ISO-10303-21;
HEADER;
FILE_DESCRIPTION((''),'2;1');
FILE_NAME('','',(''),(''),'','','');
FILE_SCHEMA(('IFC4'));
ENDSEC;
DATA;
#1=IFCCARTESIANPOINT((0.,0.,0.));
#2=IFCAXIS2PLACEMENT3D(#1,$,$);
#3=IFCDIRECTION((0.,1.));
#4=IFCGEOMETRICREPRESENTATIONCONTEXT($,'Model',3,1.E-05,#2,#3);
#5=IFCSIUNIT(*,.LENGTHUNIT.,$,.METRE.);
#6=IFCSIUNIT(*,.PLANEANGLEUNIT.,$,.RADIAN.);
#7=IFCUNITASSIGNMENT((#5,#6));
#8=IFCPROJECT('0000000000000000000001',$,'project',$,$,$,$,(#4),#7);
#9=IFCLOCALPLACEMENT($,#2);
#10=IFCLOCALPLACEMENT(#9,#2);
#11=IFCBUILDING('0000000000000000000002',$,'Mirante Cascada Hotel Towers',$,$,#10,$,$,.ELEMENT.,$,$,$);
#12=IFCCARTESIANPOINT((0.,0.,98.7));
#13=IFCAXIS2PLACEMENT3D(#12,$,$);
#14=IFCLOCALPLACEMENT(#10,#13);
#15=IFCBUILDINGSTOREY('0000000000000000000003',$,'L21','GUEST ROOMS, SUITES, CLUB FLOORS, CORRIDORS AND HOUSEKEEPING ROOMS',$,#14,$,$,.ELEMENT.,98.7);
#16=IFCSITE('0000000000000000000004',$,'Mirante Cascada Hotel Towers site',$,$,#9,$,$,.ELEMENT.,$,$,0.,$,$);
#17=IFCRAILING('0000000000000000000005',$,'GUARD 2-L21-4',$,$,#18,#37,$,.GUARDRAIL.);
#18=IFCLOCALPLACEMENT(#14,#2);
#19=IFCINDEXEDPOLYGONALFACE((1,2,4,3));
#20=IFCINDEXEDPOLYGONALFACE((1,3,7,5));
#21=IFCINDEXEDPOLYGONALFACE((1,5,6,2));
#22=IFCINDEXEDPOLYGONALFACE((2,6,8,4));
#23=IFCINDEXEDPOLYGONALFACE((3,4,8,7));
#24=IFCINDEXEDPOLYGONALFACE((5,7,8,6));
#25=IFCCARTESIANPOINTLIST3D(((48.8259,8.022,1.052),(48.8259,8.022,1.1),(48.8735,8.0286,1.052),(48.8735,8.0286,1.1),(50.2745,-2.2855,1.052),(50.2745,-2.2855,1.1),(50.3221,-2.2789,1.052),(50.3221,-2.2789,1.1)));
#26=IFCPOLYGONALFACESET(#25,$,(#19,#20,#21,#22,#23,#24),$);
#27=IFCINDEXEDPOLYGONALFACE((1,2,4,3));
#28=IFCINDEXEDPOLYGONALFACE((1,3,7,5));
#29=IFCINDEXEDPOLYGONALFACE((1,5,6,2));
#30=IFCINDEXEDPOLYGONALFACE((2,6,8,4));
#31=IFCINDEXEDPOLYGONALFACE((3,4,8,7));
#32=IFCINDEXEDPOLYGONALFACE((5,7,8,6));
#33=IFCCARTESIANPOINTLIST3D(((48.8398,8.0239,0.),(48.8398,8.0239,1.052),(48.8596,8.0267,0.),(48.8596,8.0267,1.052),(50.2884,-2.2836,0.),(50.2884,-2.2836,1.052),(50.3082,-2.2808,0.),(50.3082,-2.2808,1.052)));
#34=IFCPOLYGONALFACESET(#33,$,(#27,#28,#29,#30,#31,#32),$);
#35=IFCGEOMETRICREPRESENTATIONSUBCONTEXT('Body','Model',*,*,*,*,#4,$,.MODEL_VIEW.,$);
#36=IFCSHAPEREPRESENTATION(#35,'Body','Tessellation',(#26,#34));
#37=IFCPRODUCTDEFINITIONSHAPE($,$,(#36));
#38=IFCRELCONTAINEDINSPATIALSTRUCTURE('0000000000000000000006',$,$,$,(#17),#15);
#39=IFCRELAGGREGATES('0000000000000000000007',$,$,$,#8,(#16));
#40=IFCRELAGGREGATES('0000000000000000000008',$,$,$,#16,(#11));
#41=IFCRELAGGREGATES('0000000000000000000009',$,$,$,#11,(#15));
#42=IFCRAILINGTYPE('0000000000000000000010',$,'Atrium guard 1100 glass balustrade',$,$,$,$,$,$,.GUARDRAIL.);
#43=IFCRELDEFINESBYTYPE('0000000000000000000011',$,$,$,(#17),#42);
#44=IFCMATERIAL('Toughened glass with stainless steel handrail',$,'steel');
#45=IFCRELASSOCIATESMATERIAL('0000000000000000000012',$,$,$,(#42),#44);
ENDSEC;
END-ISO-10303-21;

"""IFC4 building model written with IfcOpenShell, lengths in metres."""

from ifc_helpers import new_model, si_unit, direction, frame, origin, origin_2d, place, context, subcontext, project, spatial, rectangle, extrude, material, type_object, element, save


model = new_model("IFC4")

# Units and contexts
model_context = context("Model", 3, precision=1e-05, world=origin(), true_north=direction((0.0, 1.0)))
body_context = subcontext(model_context, "Body", "Model", "MODEL_VIEW")
ifc_project = project(units=[si_unit("LENGTHUNIT", "METRE"), si_unit("PLANEANGLEUNIT", "RADIAN")], contexts=[model_context])

# Site, building, storey
site_placement = place(None, origin())
site = spatial("IfcSite", under=ifc_project, at=site_placement, Name="Mirante Cascada Hotel Towers site", CompositionType="ELEMENT", RefElevation=0.0)
building_placement = place(site_placement, origin())
building = spatial("IfcBuilding", under=site, at=building_placement, Name="Mirante Cascada Hotel Towers", CompositionType="ELEMENT")
storey_placement = place(building_placement, frame((0.0, 0.0, 98.7)))
storey = spatial("IfcBuildingStorey", under=building, at=storey_placement, Name="L21", Description="GUEST ROOMS, SUITES, CLUB FLOORS, CORRIDORS AND HOUSEKEEPING ROOMS", CompositionType="ELEMENT", Elevation=98.7)

# Railing
ifc_material_1 = material(Name="Toughened glass with stainless steel handrail", Category="steel")
railing_type = type_object("IfcRailingType", Name="Atrium guard 1100 glass balustrade", PredefinedType="GUARDRAIL", material=ifc_material_1)
railing_placement = place(storey_placement, frame((50.2983, -2.2822, 0.0)))
element("IfcRailing", 1, at=railing_placement, inside=storey, type_object=railing_type, Name="GUARD 2-L21-4", PredefinedType="GUARDRAIL", context=body_context, shape_type="SweptSolid", body=[
    extrude(rectangle(XDim=0.048, YDim=0.048, at=origin_2d()), frame((0.0, 0.0, 1.076), z_axis=(-0.139171, 0.990268, 0.0), x_axis=(-0.990268, -0.139171, 0.0)), (0.0, 0.0, 1.0), 10.4088),
    extrude(rectangle(XDim=0.02, YDim=1.052, at=origin_2d()), frame((0.0, 0.0, 0.526), z_axis=(-0.139171, 0.990268, 0.0), x_axis=(-0.990268, -0.139171, 0.0)), (0.0, 0.0, 1.0), 10.4088),
])

save(model, "model.ifc")
